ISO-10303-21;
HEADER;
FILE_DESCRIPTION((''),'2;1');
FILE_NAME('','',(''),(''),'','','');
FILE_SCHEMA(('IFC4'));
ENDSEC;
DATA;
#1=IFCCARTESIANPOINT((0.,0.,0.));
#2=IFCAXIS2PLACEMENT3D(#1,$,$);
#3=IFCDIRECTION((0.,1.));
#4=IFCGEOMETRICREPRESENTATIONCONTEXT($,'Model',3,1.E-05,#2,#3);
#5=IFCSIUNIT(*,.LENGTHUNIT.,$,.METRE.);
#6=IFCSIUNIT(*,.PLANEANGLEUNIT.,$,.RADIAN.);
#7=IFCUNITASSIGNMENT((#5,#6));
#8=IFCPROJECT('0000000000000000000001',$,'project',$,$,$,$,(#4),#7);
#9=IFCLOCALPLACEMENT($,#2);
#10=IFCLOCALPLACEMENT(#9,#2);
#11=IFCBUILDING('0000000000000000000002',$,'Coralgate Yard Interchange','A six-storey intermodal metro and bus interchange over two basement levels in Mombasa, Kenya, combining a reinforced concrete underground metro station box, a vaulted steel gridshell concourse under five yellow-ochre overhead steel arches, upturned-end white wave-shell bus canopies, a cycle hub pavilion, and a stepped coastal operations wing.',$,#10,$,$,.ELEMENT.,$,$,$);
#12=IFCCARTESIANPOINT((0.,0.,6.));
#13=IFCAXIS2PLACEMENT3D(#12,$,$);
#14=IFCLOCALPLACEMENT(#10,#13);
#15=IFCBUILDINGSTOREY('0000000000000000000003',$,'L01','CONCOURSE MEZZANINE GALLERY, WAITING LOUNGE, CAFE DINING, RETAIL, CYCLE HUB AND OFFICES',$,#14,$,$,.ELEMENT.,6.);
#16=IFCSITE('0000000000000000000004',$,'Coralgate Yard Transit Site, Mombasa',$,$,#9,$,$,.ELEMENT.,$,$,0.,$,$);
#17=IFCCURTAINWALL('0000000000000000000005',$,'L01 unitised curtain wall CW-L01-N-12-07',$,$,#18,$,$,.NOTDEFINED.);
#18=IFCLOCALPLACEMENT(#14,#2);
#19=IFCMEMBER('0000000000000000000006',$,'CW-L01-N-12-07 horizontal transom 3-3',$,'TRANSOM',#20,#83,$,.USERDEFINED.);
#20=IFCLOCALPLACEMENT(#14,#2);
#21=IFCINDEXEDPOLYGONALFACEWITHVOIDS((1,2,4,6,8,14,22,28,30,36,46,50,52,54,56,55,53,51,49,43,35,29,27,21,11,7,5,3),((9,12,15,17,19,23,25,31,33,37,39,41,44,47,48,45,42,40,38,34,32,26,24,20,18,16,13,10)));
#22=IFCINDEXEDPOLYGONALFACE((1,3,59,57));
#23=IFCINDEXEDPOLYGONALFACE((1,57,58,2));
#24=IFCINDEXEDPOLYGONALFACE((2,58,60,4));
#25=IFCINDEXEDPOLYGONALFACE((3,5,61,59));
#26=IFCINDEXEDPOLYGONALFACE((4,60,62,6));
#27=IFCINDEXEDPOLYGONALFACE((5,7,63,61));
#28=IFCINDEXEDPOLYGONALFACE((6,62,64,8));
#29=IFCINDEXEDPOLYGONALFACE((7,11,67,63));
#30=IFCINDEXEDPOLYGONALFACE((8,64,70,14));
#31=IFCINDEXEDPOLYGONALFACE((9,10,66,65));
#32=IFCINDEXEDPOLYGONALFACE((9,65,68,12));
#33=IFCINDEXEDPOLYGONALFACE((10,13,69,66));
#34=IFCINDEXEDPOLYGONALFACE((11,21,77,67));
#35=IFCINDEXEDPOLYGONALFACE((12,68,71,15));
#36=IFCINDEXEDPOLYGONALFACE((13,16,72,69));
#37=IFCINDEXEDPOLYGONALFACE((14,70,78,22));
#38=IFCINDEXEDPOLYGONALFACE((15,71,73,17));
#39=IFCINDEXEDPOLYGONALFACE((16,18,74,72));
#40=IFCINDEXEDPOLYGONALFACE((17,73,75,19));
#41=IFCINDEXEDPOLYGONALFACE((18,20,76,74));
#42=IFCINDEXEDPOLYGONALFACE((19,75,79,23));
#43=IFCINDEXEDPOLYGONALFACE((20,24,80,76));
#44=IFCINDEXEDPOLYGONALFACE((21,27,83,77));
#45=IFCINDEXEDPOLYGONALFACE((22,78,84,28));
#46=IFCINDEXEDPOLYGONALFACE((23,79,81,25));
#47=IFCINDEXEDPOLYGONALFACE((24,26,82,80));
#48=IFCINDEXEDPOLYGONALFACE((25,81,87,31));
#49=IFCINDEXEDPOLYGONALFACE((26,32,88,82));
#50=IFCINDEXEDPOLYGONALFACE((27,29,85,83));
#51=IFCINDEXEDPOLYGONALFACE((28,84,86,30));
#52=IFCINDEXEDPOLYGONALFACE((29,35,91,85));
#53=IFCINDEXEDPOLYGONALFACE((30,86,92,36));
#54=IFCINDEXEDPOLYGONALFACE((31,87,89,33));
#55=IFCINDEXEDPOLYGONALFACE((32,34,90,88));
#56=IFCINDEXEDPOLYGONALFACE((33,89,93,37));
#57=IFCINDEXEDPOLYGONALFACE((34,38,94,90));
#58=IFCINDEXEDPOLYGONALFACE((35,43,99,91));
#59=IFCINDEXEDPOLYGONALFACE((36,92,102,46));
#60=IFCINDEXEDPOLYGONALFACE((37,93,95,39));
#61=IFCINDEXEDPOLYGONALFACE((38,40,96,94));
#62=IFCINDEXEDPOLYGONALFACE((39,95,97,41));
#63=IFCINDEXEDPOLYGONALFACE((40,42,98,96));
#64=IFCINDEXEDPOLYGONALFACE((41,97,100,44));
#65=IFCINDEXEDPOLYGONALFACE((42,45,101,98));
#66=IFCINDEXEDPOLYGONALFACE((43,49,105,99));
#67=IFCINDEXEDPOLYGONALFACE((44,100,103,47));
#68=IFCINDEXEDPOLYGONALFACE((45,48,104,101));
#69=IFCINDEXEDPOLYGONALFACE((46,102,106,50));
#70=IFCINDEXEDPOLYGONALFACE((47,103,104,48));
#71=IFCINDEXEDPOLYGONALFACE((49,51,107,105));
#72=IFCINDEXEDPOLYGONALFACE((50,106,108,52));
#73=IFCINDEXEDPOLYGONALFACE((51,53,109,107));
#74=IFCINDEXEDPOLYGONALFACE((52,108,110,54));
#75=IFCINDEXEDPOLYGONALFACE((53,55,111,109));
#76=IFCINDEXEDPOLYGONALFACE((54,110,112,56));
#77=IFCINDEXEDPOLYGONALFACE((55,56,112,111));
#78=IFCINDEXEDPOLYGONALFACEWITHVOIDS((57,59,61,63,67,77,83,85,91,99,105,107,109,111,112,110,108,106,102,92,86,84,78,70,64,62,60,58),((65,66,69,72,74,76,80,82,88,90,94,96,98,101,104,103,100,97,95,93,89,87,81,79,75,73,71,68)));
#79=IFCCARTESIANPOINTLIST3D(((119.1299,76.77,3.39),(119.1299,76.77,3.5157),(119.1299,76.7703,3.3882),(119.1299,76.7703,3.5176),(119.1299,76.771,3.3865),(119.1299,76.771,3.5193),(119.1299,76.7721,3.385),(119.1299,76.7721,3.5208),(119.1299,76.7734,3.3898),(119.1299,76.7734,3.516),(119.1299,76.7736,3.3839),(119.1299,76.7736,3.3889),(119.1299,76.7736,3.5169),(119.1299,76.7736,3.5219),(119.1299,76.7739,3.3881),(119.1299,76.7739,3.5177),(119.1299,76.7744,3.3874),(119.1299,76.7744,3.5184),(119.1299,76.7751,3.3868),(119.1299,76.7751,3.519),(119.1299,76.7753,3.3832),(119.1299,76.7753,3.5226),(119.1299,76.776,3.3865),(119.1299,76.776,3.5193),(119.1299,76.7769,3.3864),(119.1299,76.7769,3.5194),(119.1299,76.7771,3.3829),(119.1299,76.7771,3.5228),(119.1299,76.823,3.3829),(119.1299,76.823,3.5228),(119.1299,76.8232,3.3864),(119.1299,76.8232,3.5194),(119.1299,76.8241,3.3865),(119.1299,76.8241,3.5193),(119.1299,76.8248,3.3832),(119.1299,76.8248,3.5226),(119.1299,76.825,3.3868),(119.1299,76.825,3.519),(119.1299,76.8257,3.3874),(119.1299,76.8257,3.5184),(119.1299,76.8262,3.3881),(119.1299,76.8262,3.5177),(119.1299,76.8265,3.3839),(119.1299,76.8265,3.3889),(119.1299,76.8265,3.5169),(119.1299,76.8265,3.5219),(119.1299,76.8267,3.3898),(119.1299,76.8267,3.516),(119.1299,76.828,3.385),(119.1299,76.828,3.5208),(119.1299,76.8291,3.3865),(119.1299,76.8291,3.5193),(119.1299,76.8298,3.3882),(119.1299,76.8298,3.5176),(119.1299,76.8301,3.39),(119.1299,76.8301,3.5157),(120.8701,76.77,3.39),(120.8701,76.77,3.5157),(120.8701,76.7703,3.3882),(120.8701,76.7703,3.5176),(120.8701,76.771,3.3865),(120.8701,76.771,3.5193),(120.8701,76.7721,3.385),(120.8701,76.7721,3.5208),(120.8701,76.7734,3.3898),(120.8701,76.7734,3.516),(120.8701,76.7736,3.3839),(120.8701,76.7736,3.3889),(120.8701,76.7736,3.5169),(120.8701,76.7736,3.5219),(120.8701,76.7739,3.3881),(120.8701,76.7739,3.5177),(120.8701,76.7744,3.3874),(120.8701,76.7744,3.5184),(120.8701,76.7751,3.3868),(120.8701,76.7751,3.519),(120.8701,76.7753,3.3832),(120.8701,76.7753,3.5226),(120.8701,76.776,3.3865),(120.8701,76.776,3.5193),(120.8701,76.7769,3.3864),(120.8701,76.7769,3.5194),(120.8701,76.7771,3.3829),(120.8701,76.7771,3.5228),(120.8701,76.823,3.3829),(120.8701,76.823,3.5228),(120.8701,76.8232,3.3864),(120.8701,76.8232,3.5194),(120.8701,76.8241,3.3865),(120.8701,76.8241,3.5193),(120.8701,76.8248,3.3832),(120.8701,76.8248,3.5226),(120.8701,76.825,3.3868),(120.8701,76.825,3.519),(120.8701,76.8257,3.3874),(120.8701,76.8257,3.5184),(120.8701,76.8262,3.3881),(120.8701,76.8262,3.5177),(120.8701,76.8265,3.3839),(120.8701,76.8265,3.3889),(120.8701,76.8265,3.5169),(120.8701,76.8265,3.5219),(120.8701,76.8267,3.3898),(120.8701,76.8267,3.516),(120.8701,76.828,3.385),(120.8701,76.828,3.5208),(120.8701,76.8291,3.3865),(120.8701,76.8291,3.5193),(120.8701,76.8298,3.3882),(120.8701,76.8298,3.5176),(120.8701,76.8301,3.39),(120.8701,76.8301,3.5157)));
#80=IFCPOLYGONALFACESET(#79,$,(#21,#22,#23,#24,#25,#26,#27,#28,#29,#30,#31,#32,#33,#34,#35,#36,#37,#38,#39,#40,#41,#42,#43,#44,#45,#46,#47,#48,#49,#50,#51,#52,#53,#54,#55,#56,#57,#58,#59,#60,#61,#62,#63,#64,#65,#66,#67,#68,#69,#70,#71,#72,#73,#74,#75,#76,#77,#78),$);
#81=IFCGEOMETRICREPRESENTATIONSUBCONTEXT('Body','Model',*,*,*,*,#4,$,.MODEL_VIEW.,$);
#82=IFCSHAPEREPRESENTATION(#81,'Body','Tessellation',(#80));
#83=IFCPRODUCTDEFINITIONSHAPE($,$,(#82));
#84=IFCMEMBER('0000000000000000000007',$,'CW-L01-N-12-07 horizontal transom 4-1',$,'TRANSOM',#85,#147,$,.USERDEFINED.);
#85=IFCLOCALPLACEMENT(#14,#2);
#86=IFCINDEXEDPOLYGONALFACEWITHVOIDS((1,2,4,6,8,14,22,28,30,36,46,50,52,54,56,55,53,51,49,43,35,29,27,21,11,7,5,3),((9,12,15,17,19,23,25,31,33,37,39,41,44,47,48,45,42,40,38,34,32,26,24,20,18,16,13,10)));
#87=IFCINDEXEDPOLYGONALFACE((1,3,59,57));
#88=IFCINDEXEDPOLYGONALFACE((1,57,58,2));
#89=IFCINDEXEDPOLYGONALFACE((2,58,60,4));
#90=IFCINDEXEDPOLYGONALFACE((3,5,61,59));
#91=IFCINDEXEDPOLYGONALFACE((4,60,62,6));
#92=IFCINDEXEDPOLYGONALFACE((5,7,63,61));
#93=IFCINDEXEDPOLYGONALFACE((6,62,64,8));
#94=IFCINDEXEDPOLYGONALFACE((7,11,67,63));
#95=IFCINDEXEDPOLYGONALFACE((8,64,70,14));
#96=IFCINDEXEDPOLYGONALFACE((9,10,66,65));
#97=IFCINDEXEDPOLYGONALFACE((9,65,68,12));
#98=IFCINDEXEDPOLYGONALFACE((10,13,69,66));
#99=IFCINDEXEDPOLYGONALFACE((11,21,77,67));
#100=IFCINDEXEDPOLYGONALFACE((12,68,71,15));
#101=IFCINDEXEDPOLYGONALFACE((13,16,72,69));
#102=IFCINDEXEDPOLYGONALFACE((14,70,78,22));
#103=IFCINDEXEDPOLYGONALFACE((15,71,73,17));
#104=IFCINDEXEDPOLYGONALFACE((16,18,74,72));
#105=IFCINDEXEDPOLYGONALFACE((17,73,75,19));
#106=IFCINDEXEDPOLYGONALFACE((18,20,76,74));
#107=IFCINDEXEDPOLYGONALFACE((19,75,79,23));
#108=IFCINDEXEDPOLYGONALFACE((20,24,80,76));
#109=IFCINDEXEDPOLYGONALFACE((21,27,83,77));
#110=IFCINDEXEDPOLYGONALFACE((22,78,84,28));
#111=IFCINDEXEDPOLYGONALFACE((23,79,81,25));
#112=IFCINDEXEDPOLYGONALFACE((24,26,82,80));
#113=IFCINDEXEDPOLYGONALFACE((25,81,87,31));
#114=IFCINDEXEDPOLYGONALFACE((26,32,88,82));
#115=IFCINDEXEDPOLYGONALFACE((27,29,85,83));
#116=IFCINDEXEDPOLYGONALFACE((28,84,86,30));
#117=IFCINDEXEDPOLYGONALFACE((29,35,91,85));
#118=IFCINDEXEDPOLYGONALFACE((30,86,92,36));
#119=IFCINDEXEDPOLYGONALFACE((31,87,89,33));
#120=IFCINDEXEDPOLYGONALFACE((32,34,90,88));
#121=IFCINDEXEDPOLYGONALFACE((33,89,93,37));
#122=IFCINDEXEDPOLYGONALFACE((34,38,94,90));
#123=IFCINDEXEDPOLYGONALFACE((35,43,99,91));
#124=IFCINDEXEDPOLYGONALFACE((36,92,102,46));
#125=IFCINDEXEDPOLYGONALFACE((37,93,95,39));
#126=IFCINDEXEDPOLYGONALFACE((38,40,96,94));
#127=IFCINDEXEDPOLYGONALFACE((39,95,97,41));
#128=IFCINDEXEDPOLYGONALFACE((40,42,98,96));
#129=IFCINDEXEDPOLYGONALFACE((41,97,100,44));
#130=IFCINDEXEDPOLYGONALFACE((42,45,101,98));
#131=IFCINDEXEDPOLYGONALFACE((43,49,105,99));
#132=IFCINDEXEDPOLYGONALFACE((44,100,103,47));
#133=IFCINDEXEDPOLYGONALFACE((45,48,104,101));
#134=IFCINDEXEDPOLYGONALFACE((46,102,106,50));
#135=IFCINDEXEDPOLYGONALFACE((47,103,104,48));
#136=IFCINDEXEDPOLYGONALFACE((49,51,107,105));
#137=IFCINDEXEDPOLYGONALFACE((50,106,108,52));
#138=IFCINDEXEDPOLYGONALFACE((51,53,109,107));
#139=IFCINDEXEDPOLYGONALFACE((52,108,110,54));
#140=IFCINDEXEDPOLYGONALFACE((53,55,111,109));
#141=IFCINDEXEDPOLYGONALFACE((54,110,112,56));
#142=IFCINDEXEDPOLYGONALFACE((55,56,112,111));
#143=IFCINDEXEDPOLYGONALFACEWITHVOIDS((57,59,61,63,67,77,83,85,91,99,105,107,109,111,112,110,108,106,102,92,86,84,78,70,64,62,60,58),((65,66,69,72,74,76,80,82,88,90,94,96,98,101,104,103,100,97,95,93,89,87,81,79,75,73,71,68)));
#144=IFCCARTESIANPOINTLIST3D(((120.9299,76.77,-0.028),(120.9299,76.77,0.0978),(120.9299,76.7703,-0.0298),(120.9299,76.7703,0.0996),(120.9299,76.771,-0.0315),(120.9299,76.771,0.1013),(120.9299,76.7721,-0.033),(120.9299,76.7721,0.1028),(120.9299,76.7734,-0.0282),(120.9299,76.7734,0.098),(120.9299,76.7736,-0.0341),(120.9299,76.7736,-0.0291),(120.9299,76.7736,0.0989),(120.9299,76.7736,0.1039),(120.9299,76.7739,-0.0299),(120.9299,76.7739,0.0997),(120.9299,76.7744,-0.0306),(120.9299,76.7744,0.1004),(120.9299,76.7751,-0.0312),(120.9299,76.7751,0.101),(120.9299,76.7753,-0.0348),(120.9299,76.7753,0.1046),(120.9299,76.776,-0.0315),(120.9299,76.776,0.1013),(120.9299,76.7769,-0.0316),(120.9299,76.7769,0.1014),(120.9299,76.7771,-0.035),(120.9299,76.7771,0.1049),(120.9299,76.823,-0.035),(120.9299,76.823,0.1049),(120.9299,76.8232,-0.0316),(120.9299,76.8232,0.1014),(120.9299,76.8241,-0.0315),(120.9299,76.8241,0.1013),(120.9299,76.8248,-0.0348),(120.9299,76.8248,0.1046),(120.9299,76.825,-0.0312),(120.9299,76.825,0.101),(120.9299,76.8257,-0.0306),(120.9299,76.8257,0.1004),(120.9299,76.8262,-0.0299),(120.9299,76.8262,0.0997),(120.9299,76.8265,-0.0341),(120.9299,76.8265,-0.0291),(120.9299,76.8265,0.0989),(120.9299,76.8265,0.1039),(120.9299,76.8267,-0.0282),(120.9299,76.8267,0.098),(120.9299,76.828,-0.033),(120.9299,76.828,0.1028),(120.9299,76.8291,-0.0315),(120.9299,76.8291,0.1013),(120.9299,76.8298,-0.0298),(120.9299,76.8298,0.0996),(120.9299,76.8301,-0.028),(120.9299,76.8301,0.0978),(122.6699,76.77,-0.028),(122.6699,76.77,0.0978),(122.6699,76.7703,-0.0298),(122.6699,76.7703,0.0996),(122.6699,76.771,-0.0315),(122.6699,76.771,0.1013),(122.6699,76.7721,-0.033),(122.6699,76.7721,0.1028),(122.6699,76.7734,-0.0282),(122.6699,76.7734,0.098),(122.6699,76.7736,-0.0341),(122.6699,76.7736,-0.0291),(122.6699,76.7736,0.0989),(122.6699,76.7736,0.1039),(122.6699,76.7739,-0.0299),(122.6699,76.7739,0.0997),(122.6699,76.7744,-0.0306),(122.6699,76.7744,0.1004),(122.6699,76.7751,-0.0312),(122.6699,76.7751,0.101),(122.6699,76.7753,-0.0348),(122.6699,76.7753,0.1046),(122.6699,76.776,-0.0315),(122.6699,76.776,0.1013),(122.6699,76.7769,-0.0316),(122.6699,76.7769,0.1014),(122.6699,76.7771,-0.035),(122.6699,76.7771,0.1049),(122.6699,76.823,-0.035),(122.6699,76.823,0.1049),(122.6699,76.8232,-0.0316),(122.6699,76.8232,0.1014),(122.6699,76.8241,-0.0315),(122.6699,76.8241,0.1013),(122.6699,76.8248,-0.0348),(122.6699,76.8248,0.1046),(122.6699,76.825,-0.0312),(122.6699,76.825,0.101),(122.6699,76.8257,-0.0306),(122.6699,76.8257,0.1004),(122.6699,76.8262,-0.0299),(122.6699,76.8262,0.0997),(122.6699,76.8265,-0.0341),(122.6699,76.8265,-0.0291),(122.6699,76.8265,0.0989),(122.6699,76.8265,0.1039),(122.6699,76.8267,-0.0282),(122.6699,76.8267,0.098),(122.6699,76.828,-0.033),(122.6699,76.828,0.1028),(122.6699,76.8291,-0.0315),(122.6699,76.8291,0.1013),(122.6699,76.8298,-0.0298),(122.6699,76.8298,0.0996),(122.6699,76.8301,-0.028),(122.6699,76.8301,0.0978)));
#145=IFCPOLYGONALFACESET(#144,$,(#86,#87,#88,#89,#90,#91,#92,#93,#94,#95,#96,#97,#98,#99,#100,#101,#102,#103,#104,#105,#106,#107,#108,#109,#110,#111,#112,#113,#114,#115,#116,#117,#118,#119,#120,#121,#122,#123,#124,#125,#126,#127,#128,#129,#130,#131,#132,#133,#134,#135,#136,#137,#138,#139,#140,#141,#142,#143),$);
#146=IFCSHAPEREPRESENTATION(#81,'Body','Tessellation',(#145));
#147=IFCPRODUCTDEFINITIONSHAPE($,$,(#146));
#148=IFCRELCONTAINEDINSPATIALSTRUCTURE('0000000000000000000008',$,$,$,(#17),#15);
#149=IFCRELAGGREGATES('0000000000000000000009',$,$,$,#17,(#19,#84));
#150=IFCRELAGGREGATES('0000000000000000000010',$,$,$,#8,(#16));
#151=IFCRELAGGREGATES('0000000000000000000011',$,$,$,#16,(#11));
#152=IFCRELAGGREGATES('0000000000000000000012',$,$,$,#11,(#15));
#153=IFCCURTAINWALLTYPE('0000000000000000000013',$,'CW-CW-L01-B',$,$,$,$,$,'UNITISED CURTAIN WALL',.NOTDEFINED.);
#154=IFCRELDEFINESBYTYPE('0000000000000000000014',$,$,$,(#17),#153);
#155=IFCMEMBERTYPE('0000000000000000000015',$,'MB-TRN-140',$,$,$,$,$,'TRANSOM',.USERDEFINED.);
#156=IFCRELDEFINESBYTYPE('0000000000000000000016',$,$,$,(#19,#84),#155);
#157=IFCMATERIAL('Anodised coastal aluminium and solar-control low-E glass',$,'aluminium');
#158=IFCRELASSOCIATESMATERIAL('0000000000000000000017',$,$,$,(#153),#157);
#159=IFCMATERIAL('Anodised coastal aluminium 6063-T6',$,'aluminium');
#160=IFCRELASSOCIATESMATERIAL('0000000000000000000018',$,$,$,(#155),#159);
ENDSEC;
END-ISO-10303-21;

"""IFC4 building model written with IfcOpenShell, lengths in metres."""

from ifc_helpers import new_model, si_unit, direction, frame, origin, origin_2d, place, context, subcontext, project, spatial, hollow_rectangle, extrude, material, material_profile, profile_set, type_object, element, aggregate, save


model = new_model("IFC4")

# Units and contexts
model_context = context("Model", 3, precision=1e-05, world=origin(), true_north=direction((0.0, 1.0)))
body_context = subcontext(model_context, "Body", "Model", "MODEL_VIEW")
ifc_project = project(units=[si_unit("LENGTHUNIT", "METRE"), si_unit("PLANEANGLEUNIT", "RADIAN")], contexts=[model_context])

# Site, building, storey
site_placement = place(None, origin())
site = spatial("IfcSite", under=ifc_project, at=site_placement, Name="Coralgate Yard Transit Site, Mombasa", CompositionType="ELEMENT", RefElevation=0.0)
building_placement = place(site_placement, origin())
building = spatial("IfcBuilding", under=site, at=building_placement, Name="Coralgate Yard Interchange", Description="A six-storey intermodal metro and bus interchange over two basement levels in Mombasa, Kenya, combining a reinforced concrete underground metro station box, a vaulted steel gridshell concourse under five yellow-ochre overhead steel arches, upturned-end white wave-shell bus canopies, a cycle hub pavilion, and a stepped coastal operations wing.", CompositionType="ELEMENT")
storey_placement = place(building_placement, frame((0.0, 0.0, 6.0)))
storey = spatial("IfcBuildingStorey", under=building, at=storey_placement, Name="L01", Description="CONCOURSE MEZZANINE GALLERY, WAITING LOUNGE, CAFE DINING, RETAIL, CYCLE HUB AND OFFICES", CompositionType="ELEMENT", Elevation=6.0)

# Shared definitions
ifc_material_1 = material(Name="Anodised coastal aluminium and solar-control low-E glass", Category="aluminium")
curtain_wall_type = type_object("IfcCurtainWallType", Name="CW-CW-L01-B", ElementType="UNITISED CURTAIN WALL", PredefinedType="NOTDEFINED", material=ifc_material_1)
ifc_material_2 = material(Name="Anodised coastal aluminium 6063-T6", Category="aluminium")

# Curtain wall, members
curtain_wall_1_placement = place(storey_placement, origin())
curtain_wall_1 = element("IfcCurtainWall", 1, at=curtain_wall_1_placement, inside=storey, type_object=curtain_wall_type, Name="L01 unitised curtain wall CW-L01-N-12-07", PredefinedType="NOTDEFINED")
ifc_material_profile_1 = material_profile(ifc_material_2, hollow_rectangle(XDim=0.0601, YDim=0.1399, WallThickness=0.0034, InnerFilletRadius=0.0034, OuterFilletRadius=0.0071, at=origin_2d()), Name="ALU 60x140x3.5")
ifc_profile_set_1 = profile_set([ifc_material_profile_1], Name="Anodised coastal aluminium 6063-T6")
member_type_1 = type_object("IfcMemberType", Name="MB-TRN-140", ElementType="TRANSOM", PredefinedType="USERDEFINED", material=ifc_profile_set_1)
member_1_placement = place(storey_placement, frame((119.1299, 76.8, 3.4529), z_axis=(1.0, 0.0, 0.0), x_axis=(0.0, 1.0, 0.0)))
member_1 = element("IfcMember", 2, at=member_1_placement, type_object=member_type_1, Name="CW-L01-N-12-07 horizontal transom 3-3", ObjectType="TRANSOM", PredefinedType="USERDEFINED", context=body_context, shape_type="SweptSolid", body=[
    extrude(hollow_rectangle(XDim=0.0601, YDim=0.1399, WallThickness=0.0034, InnerFilletRadius=0.0034, OuterFilletRadius=0.0071, at=origin_2d()), origin(), (0.0, 0.0, 1.0), 1.7402),
])
member_2_placement = place(storey_placement, frame((120.9299, 76.8, 0.0349), z_axis=(1.0, 0.0, 0.0), x_axis=(0.0, 1.0, 0.0)))
member_2 = element("IfcMember", 3, at=member_2_placement, type_object=member_type_1, Name="CW-L01-N-12-07 horizontal transom 4-1", ObjectType="TRANSOM", PredefinedType="USERDEFINED", context=body_context, shape_type="SweptSolid", body=[
    extrude(hollow_rectangle(XDim=0.0601, YDim=0.1399, WallThickness=0.0034, InnerFilletRadius=0.0034, OuterFilletRadius=0.0071, at=origin_2d()), origin(), (0.0, 0.0, 1.0), 1.74),
])
aggregate(curtain_wall_1, [member_1, member_2])

save(model, "model.ifc")
